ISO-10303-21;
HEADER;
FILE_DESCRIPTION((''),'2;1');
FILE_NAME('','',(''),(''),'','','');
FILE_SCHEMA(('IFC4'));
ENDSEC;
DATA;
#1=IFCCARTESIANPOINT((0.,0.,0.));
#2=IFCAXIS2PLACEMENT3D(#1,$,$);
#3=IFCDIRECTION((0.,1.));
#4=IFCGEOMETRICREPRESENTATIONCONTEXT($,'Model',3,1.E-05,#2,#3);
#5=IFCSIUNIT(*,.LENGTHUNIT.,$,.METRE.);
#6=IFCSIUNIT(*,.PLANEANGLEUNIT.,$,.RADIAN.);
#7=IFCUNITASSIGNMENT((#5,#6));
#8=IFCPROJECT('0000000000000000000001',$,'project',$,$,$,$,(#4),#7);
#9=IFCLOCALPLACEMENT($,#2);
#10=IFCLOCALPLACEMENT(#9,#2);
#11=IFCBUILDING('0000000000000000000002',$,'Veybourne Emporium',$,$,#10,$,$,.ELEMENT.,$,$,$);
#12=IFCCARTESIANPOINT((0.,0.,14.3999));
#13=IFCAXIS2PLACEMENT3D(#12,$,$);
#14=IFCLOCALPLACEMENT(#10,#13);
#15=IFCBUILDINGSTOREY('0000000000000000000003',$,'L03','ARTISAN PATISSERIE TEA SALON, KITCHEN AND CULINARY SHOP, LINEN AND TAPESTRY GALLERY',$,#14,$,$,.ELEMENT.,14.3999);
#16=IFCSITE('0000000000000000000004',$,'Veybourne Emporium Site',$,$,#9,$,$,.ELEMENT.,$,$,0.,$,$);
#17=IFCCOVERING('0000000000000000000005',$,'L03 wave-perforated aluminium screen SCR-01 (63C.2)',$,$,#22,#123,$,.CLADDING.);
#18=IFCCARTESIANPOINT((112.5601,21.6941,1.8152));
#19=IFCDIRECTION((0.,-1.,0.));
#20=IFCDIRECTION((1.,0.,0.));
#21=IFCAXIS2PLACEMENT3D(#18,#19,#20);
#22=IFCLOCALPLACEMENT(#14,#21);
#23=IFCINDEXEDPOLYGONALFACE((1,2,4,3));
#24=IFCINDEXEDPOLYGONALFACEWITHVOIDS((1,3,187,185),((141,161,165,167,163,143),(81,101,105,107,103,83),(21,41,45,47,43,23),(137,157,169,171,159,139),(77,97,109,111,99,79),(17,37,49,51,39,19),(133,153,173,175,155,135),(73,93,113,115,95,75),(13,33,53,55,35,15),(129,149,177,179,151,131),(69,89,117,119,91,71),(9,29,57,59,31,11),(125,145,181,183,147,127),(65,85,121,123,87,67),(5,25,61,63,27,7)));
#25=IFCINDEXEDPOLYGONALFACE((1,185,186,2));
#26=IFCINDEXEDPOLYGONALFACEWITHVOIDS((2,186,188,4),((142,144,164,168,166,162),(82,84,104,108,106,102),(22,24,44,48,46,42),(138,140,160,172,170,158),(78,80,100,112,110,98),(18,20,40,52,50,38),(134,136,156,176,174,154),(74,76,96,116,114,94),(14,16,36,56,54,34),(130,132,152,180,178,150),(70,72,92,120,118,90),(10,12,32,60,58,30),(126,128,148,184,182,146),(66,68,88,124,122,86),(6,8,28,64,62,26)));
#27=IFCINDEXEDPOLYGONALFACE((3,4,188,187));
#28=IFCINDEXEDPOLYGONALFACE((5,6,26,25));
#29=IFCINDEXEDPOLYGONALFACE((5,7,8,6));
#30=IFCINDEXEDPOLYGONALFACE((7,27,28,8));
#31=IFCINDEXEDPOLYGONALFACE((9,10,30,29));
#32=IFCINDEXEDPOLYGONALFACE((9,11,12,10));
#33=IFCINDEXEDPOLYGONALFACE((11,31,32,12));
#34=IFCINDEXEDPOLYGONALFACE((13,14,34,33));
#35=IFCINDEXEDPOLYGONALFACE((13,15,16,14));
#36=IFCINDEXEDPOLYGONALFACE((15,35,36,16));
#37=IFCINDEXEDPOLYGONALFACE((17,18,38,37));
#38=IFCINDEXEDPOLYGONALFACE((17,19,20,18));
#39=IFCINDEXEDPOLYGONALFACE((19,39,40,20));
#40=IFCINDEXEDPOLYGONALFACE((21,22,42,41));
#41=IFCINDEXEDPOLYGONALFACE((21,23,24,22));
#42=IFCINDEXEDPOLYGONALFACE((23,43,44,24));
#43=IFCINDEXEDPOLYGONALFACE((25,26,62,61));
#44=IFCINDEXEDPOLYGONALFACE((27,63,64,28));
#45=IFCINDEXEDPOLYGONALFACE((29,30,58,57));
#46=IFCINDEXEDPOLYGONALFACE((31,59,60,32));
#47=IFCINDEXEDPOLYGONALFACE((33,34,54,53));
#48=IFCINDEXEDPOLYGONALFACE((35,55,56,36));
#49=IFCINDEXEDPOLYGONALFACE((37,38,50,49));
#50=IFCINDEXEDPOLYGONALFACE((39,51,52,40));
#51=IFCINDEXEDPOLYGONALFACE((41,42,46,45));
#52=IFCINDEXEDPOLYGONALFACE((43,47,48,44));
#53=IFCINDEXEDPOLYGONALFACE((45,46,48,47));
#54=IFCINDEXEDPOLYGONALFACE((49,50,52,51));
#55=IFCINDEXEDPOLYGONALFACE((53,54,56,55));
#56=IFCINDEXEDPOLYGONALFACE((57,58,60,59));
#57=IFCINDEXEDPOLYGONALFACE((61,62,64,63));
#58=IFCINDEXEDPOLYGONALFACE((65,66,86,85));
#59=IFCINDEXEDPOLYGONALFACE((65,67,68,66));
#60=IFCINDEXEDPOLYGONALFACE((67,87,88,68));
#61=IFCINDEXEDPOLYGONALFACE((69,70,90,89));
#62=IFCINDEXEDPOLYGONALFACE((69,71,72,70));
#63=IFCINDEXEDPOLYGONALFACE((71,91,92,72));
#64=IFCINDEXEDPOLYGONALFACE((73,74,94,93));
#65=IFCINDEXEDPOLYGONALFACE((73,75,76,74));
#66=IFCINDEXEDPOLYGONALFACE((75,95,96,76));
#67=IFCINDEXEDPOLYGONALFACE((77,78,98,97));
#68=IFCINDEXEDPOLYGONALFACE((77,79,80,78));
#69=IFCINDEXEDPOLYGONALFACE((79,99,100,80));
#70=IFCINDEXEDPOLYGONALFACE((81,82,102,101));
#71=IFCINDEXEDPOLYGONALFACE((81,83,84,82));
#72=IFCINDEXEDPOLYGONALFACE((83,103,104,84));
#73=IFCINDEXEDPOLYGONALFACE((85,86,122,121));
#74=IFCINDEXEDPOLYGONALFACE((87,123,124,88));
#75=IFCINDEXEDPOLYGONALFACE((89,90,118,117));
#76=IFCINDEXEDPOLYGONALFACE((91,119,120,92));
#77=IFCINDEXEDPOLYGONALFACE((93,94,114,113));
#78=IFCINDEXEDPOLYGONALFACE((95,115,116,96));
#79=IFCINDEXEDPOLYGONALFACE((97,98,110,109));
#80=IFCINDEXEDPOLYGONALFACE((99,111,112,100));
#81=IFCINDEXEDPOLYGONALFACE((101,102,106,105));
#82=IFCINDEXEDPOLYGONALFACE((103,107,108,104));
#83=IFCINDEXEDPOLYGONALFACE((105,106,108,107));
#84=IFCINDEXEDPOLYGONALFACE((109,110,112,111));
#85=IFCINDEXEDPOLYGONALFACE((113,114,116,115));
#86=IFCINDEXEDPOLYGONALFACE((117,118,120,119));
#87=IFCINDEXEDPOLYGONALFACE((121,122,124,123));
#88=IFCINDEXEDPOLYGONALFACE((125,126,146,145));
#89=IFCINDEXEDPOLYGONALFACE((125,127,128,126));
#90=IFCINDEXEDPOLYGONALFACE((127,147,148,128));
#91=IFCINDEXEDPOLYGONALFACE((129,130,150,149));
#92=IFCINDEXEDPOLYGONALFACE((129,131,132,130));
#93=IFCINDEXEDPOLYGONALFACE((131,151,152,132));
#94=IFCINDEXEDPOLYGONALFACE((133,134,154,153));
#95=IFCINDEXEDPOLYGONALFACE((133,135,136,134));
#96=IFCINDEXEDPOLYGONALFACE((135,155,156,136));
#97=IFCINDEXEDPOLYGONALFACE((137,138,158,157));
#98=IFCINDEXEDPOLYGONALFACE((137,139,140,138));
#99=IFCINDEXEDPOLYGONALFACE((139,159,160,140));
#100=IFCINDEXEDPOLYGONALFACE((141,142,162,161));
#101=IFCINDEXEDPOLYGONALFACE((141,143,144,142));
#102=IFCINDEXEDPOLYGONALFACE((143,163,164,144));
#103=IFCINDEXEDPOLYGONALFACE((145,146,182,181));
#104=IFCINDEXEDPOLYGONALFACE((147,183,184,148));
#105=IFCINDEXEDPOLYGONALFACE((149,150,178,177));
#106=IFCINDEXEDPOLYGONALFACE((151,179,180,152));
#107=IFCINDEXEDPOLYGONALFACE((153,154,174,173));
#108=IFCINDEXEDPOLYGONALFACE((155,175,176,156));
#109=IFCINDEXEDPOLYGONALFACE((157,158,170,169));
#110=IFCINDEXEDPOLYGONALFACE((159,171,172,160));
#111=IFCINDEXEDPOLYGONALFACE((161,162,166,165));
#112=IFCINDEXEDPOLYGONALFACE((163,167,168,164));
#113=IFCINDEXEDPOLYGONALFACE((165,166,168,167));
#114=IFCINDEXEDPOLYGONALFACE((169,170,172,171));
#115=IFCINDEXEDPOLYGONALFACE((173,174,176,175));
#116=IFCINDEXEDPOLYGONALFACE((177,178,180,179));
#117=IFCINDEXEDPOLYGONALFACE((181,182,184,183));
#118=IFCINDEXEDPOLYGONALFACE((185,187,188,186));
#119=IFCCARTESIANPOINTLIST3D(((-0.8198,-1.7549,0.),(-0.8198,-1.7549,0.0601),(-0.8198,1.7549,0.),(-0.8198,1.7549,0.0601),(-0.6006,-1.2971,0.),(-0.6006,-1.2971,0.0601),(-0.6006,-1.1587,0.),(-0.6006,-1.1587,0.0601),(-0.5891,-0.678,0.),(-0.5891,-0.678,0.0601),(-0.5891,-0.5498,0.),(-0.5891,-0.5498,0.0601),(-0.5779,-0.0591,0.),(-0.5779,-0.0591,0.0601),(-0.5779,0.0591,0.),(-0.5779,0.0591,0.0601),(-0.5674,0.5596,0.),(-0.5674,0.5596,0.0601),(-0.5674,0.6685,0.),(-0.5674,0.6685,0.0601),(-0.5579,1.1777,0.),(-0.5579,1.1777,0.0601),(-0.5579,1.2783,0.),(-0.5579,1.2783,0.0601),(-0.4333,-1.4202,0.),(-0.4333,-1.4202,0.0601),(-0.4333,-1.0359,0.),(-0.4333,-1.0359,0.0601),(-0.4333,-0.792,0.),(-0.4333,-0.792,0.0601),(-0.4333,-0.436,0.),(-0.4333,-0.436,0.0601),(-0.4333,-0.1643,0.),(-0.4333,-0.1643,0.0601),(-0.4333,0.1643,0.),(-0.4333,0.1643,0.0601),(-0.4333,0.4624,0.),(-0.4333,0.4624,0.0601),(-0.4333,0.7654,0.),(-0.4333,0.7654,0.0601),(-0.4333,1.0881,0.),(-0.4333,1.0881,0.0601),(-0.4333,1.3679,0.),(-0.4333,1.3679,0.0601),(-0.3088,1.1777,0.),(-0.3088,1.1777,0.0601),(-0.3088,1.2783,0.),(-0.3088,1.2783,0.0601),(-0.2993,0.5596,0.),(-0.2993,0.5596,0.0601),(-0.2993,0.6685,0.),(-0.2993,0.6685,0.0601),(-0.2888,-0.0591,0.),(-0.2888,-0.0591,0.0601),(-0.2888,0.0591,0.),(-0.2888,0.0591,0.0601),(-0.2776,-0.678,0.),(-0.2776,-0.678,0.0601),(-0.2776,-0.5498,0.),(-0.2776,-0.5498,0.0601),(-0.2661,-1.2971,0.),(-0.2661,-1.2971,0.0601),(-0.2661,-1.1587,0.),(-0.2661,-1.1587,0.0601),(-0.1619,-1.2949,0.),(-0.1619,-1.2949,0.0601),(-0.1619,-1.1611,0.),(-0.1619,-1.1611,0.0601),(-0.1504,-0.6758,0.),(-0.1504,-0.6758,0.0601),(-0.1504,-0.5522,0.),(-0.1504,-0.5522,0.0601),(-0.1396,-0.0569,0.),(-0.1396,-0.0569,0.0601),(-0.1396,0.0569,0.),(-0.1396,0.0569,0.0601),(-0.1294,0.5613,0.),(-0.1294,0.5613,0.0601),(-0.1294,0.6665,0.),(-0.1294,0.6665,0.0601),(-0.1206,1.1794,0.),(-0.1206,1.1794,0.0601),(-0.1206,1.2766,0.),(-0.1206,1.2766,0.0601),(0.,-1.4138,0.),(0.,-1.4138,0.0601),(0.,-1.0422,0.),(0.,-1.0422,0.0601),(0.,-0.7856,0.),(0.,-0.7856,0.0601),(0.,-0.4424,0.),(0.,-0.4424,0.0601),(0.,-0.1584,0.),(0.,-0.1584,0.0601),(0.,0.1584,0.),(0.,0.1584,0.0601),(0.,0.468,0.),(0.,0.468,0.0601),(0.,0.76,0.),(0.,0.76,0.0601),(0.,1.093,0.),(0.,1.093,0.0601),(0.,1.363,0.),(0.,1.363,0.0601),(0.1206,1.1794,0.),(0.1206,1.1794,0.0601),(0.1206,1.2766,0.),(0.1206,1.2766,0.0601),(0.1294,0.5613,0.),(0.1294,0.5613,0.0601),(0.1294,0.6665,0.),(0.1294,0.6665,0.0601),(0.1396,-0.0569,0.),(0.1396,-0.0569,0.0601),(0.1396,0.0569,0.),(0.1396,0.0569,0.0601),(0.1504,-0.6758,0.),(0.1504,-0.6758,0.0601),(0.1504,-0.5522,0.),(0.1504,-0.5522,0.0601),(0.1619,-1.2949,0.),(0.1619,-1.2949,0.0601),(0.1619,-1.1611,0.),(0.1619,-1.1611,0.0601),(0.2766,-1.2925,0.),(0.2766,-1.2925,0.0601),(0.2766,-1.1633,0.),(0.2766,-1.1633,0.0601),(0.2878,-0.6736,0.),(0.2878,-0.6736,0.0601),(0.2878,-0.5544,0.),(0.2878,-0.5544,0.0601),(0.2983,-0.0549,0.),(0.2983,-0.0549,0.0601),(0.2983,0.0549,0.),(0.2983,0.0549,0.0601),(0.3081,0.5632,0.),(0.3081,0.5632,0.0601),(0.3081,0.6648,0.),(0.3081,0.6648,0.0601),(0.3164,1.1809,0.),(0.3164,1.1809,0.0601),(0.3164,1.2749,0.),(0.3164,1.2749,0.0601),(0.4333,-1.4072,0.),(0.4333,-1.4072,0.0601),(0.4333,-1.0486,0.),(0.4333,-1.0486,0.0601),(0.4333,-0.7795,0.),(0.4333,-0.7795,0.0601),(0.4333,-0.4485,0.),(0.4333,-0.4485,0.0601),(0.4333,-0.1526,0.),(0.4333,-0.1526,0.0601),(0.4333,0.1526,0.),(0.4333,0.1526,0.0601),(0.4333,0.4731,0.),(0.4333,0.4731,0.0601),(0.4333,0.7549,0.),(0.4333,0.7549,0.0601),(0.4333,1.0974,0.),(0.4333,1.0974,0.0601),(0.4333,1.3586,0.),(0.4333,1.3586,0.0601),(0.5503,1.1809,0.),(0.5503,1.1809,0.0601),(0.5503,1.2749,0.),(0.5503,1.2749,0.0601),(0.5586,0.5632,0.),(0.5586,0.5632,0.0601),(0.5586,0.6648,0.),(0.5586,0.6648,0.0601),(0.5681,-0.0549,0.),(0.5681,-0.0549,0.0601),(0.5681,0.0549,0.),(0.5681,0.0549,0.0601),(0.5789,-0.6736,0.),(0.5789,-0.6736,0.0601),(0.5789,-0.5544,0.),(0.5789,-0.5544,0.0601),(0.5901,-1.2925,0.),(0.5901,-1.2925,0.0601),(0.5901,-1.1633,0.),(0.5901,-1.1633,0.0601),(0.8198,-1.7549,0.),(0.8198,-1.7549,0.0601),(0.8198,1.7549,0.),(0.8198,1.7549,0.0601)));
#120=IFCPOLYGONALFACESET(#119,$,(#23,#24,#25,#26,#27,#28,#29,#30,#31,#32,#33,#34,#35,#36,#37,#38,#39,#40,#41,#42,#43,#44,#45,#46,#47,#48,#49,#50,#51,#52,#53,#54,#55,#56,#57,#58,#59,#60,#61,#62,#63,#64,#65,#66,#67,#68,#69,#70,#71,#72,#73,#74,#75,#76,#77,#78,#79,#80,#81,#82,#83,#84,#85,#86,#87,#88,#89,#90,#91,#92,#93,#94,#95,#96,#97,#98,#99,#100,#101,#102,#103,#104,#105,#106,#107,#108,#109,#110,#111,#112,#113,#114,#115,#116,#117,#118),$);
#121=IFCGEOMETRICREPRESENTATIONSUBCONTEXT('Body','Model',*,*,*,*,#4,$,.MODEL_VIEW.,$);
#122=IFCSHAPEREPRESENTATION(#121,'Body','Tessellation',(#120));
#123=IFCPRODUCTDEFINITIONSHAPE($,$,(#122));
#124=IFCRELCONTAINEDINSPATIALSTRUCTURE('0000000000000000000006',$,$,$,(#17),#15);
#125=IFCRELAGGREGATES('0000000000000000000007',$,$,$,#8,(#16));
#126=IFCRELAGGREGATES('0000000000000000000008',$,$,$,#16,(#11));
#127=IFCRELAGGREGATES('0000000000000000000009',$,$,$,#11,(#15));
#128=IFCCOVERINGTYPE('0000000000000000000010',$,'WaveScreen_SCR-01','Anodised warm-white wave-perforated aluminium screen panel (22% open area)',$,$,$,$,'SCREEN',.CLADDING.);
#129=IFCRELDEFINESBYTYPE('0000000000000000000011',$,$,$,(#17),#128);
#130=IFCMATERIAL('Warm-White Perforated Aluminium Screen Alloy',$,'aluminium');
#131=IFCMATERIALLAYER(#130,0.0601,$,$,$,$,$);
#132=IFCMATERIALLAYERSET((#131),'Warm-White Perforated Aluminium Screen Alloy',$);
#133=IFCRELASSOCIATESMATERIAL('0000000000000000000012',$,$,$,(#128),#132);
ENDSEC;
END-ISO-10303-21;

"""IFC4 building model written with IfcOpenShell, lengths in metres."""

from ifc_helpers import new_model, si_unit, direction, frame, origin, place, context, subcontext, project, spatial, polyline, outline, extrude, material, layer, layer_set, type_object, element, save


model = new_model("IFC4")

# Units and contexts
model_context = context("Model", 3, precision=1e-05, world=origin(), true_north=direction((0.0, 1.0)))
body_context = subcontext(model_context, "Body", "Model", "MODEL_VIEW")
ifc_project = project(units=[si_unit("LENGTHUNIT", "METRE"), si_unit("PLANEANGLEUNIT", "RADIAN")], contexts=[model_context])

# Site, building, storey
site_placement = place(None, origin())
site = spatial("IfcSite", under=ifc_project, at=site_placement, Name="Veybourne Emporium Site", CompositionType="ELEMENT", RefElevation=0.0)
building_placement = place(site_placement, origin())
building = spatial("IfcBuilding", under=site, at=building_placement, Name="Veybourne Emporium", CompositionType="ELEMENT")
storey_placement = place(building_placement, frame((0.0, 0.0, 14.3999)))
storey = spatial("IfcBuildingStorey", under=building, at=storey_placement, Name="L03", Description="ARTISAN PATISSERIE TEA SALON, KITCHEN AND CULINARY SHOP, LINEN AND TAPESTRY GALLERY", CompositionType="ELEMENT", Elevation=14.3999)

# Covering
ifc_material_1 = material(Name="Warm-White Perforated Aluminium Screen Alloy", Category="aluminium")
ifc_layer_1 = layer(ifc_material_1, 0.0601)
ifc_layer_set_1 = layer_set([ifc_layer_1], Name="Warm-White Perforated Aluminium Screen Alloy")
covering_type_1 = type_object("IfcCoveringType", Name="WaveScreen_SCR-01", Description="Anodised warm-white wave-perforated aluminium screen panel (22% open area)", ElementType="SCREEN", PredefinedType="CLADDING", material=ifc_layer_set_1)
covering_1_placement = place(storey_placement, frame((112.5601, 21.6941, 1.8152), z_axis=(0.0, -1.0, 0.0), x_axis=(1.0, 0.0, 0.0)))
element("IfcCovering", 1, at=covering_1_placement, inside=storey, type_object=covering_type_1, Name="L03 wave-perforated aluminium screen SCR-01 (63C.2)", PredefinedType="CLADDING", context=body_context, shape_type="SweptSolid", body=[
    extrude(outline(polyline([(-0.8198, -1.7549), (0.8198, -1.7549), (0.8198, 1.7549), (-0.8198, 1.7549), (-0.8198, -1.7549)]), holes=[polyline([(-0.4333, -1.0359), (-0.2661, -1.1587), (-0.2661, -1.2971), (-0.4333, -1.4202), (-0.6006, -1.2971), (-0.6006, -1.1587), (-0.4333, -1.0359)]), polyline([(-0.4333, -0.436), (-0.2776, -0.5498), (-0.2776, -0.678), (-0.4333, -0.792), (-0.5891, -0.678), (-0.5891, -0.5498), (-0.4333, -0.436)]), polyline([(-0.4333, 0.1643), (-0.2888, 0.0591), (-0.2888, -0.0591), (-0.4333, -0.1643), (-0.5779, -0.0591), (-0.5779, 0.0591), (-0.4333, 0.1643)]), polyline([(-0.4333, 0.7654), (-0.2993, 0.6685), (-0.2993, 0.5596), (-0.4333, 0.4624), (-0.5674, 0.5596), (-0.5674, 0.6685), (-0.4333, 0.7654)]), polyline([(-0.4333, 1.3679), (-0.3088, 1.2783), (-0.3088, 1.1777), (-0.4333, 1.0881), (-0.5579, 1.1777), (-0.5579, 1.2783), (-0.4333, 1.3679)]), polyline([(0.0, -1.0422), (0.1619, -1.1611), (0.1619, -1.2949), (0.0, -1.4138), (-0.1619, -1.2949), (-0.1619, -1.1611), (0.0, -1.0422)]), polyline([(0.0, -0.4424), (0.1504, -0.5522), (0.1504, -0.6758), (0.0, -0.7856), (-0.1504, -0.6758), (-0.1504, -0.5522), (0.0, -0.4424)]), polyline([(0.0, 0.1584), (0.1396, 0.0569), (0.1396, -0.0569), (0.0, -0.1584), (-0.1396, -0.0569), (-0.1396, 0.0569), (0.0, 0.1584)]), polyline([(0.0, 0.76), (0.1294, 0.6665), (0.1294, 0.5613), (0.0, 0.468), (-0.1294, 0.5613), (-0.1294, 0.6665), (0.0, 0.76)]), polyline([(0.0, 1.363), (0.1206, 1.2766), (0.1206, 1.1794), (0.0, 1.093), (-0.1206, 1.1794), (-0.1206, 1.2766), (0.0, 1.363)]), polyline([(0.4333, -1.0486), (0.5901, -1.1633), (0.5901, -1.2925), (0.4333, -1.4072), (0.2766, -1.2925), (0.2766, -1.1633), (0.4333, -1.0486)]), polyline([(0.4333, -0.4485), (0.5789, -0.5544), (0.5789, -0.6736), (0.4333, -0.7795), (0.2878, -0.6736), (0.2878, -0.5544), (0.4333, -0.4485)]), polyline([(0.4333, 0.1526), (0.5681, 0.0549), (0.5681, -0.0549), (0.4333, -0.1526), (0.2983, -0.0549), (0.2983, 0.0549), (0.4333, 0.1526)]), polyline([(0.4333, 0.7549), (0.5586, 0.6648), (0.5586, 0.5632), (0.4333, 0.4731), (0.3081, 0.5632), (0.3081, 0.6648), (0.4333, 0.7549)]), polyline([(0.4333, 1.3586), (0.5503, 1.2749), (0.5503, 1.1809), (0.4333, 1.0974), (0.3164, 1.1809), (0.3164, 1.2749), (0.4333, 1.3586)])]), origin(), (0.0, 0.0, 1.0), 0.0601),
])

save(model, "model.ifc")
